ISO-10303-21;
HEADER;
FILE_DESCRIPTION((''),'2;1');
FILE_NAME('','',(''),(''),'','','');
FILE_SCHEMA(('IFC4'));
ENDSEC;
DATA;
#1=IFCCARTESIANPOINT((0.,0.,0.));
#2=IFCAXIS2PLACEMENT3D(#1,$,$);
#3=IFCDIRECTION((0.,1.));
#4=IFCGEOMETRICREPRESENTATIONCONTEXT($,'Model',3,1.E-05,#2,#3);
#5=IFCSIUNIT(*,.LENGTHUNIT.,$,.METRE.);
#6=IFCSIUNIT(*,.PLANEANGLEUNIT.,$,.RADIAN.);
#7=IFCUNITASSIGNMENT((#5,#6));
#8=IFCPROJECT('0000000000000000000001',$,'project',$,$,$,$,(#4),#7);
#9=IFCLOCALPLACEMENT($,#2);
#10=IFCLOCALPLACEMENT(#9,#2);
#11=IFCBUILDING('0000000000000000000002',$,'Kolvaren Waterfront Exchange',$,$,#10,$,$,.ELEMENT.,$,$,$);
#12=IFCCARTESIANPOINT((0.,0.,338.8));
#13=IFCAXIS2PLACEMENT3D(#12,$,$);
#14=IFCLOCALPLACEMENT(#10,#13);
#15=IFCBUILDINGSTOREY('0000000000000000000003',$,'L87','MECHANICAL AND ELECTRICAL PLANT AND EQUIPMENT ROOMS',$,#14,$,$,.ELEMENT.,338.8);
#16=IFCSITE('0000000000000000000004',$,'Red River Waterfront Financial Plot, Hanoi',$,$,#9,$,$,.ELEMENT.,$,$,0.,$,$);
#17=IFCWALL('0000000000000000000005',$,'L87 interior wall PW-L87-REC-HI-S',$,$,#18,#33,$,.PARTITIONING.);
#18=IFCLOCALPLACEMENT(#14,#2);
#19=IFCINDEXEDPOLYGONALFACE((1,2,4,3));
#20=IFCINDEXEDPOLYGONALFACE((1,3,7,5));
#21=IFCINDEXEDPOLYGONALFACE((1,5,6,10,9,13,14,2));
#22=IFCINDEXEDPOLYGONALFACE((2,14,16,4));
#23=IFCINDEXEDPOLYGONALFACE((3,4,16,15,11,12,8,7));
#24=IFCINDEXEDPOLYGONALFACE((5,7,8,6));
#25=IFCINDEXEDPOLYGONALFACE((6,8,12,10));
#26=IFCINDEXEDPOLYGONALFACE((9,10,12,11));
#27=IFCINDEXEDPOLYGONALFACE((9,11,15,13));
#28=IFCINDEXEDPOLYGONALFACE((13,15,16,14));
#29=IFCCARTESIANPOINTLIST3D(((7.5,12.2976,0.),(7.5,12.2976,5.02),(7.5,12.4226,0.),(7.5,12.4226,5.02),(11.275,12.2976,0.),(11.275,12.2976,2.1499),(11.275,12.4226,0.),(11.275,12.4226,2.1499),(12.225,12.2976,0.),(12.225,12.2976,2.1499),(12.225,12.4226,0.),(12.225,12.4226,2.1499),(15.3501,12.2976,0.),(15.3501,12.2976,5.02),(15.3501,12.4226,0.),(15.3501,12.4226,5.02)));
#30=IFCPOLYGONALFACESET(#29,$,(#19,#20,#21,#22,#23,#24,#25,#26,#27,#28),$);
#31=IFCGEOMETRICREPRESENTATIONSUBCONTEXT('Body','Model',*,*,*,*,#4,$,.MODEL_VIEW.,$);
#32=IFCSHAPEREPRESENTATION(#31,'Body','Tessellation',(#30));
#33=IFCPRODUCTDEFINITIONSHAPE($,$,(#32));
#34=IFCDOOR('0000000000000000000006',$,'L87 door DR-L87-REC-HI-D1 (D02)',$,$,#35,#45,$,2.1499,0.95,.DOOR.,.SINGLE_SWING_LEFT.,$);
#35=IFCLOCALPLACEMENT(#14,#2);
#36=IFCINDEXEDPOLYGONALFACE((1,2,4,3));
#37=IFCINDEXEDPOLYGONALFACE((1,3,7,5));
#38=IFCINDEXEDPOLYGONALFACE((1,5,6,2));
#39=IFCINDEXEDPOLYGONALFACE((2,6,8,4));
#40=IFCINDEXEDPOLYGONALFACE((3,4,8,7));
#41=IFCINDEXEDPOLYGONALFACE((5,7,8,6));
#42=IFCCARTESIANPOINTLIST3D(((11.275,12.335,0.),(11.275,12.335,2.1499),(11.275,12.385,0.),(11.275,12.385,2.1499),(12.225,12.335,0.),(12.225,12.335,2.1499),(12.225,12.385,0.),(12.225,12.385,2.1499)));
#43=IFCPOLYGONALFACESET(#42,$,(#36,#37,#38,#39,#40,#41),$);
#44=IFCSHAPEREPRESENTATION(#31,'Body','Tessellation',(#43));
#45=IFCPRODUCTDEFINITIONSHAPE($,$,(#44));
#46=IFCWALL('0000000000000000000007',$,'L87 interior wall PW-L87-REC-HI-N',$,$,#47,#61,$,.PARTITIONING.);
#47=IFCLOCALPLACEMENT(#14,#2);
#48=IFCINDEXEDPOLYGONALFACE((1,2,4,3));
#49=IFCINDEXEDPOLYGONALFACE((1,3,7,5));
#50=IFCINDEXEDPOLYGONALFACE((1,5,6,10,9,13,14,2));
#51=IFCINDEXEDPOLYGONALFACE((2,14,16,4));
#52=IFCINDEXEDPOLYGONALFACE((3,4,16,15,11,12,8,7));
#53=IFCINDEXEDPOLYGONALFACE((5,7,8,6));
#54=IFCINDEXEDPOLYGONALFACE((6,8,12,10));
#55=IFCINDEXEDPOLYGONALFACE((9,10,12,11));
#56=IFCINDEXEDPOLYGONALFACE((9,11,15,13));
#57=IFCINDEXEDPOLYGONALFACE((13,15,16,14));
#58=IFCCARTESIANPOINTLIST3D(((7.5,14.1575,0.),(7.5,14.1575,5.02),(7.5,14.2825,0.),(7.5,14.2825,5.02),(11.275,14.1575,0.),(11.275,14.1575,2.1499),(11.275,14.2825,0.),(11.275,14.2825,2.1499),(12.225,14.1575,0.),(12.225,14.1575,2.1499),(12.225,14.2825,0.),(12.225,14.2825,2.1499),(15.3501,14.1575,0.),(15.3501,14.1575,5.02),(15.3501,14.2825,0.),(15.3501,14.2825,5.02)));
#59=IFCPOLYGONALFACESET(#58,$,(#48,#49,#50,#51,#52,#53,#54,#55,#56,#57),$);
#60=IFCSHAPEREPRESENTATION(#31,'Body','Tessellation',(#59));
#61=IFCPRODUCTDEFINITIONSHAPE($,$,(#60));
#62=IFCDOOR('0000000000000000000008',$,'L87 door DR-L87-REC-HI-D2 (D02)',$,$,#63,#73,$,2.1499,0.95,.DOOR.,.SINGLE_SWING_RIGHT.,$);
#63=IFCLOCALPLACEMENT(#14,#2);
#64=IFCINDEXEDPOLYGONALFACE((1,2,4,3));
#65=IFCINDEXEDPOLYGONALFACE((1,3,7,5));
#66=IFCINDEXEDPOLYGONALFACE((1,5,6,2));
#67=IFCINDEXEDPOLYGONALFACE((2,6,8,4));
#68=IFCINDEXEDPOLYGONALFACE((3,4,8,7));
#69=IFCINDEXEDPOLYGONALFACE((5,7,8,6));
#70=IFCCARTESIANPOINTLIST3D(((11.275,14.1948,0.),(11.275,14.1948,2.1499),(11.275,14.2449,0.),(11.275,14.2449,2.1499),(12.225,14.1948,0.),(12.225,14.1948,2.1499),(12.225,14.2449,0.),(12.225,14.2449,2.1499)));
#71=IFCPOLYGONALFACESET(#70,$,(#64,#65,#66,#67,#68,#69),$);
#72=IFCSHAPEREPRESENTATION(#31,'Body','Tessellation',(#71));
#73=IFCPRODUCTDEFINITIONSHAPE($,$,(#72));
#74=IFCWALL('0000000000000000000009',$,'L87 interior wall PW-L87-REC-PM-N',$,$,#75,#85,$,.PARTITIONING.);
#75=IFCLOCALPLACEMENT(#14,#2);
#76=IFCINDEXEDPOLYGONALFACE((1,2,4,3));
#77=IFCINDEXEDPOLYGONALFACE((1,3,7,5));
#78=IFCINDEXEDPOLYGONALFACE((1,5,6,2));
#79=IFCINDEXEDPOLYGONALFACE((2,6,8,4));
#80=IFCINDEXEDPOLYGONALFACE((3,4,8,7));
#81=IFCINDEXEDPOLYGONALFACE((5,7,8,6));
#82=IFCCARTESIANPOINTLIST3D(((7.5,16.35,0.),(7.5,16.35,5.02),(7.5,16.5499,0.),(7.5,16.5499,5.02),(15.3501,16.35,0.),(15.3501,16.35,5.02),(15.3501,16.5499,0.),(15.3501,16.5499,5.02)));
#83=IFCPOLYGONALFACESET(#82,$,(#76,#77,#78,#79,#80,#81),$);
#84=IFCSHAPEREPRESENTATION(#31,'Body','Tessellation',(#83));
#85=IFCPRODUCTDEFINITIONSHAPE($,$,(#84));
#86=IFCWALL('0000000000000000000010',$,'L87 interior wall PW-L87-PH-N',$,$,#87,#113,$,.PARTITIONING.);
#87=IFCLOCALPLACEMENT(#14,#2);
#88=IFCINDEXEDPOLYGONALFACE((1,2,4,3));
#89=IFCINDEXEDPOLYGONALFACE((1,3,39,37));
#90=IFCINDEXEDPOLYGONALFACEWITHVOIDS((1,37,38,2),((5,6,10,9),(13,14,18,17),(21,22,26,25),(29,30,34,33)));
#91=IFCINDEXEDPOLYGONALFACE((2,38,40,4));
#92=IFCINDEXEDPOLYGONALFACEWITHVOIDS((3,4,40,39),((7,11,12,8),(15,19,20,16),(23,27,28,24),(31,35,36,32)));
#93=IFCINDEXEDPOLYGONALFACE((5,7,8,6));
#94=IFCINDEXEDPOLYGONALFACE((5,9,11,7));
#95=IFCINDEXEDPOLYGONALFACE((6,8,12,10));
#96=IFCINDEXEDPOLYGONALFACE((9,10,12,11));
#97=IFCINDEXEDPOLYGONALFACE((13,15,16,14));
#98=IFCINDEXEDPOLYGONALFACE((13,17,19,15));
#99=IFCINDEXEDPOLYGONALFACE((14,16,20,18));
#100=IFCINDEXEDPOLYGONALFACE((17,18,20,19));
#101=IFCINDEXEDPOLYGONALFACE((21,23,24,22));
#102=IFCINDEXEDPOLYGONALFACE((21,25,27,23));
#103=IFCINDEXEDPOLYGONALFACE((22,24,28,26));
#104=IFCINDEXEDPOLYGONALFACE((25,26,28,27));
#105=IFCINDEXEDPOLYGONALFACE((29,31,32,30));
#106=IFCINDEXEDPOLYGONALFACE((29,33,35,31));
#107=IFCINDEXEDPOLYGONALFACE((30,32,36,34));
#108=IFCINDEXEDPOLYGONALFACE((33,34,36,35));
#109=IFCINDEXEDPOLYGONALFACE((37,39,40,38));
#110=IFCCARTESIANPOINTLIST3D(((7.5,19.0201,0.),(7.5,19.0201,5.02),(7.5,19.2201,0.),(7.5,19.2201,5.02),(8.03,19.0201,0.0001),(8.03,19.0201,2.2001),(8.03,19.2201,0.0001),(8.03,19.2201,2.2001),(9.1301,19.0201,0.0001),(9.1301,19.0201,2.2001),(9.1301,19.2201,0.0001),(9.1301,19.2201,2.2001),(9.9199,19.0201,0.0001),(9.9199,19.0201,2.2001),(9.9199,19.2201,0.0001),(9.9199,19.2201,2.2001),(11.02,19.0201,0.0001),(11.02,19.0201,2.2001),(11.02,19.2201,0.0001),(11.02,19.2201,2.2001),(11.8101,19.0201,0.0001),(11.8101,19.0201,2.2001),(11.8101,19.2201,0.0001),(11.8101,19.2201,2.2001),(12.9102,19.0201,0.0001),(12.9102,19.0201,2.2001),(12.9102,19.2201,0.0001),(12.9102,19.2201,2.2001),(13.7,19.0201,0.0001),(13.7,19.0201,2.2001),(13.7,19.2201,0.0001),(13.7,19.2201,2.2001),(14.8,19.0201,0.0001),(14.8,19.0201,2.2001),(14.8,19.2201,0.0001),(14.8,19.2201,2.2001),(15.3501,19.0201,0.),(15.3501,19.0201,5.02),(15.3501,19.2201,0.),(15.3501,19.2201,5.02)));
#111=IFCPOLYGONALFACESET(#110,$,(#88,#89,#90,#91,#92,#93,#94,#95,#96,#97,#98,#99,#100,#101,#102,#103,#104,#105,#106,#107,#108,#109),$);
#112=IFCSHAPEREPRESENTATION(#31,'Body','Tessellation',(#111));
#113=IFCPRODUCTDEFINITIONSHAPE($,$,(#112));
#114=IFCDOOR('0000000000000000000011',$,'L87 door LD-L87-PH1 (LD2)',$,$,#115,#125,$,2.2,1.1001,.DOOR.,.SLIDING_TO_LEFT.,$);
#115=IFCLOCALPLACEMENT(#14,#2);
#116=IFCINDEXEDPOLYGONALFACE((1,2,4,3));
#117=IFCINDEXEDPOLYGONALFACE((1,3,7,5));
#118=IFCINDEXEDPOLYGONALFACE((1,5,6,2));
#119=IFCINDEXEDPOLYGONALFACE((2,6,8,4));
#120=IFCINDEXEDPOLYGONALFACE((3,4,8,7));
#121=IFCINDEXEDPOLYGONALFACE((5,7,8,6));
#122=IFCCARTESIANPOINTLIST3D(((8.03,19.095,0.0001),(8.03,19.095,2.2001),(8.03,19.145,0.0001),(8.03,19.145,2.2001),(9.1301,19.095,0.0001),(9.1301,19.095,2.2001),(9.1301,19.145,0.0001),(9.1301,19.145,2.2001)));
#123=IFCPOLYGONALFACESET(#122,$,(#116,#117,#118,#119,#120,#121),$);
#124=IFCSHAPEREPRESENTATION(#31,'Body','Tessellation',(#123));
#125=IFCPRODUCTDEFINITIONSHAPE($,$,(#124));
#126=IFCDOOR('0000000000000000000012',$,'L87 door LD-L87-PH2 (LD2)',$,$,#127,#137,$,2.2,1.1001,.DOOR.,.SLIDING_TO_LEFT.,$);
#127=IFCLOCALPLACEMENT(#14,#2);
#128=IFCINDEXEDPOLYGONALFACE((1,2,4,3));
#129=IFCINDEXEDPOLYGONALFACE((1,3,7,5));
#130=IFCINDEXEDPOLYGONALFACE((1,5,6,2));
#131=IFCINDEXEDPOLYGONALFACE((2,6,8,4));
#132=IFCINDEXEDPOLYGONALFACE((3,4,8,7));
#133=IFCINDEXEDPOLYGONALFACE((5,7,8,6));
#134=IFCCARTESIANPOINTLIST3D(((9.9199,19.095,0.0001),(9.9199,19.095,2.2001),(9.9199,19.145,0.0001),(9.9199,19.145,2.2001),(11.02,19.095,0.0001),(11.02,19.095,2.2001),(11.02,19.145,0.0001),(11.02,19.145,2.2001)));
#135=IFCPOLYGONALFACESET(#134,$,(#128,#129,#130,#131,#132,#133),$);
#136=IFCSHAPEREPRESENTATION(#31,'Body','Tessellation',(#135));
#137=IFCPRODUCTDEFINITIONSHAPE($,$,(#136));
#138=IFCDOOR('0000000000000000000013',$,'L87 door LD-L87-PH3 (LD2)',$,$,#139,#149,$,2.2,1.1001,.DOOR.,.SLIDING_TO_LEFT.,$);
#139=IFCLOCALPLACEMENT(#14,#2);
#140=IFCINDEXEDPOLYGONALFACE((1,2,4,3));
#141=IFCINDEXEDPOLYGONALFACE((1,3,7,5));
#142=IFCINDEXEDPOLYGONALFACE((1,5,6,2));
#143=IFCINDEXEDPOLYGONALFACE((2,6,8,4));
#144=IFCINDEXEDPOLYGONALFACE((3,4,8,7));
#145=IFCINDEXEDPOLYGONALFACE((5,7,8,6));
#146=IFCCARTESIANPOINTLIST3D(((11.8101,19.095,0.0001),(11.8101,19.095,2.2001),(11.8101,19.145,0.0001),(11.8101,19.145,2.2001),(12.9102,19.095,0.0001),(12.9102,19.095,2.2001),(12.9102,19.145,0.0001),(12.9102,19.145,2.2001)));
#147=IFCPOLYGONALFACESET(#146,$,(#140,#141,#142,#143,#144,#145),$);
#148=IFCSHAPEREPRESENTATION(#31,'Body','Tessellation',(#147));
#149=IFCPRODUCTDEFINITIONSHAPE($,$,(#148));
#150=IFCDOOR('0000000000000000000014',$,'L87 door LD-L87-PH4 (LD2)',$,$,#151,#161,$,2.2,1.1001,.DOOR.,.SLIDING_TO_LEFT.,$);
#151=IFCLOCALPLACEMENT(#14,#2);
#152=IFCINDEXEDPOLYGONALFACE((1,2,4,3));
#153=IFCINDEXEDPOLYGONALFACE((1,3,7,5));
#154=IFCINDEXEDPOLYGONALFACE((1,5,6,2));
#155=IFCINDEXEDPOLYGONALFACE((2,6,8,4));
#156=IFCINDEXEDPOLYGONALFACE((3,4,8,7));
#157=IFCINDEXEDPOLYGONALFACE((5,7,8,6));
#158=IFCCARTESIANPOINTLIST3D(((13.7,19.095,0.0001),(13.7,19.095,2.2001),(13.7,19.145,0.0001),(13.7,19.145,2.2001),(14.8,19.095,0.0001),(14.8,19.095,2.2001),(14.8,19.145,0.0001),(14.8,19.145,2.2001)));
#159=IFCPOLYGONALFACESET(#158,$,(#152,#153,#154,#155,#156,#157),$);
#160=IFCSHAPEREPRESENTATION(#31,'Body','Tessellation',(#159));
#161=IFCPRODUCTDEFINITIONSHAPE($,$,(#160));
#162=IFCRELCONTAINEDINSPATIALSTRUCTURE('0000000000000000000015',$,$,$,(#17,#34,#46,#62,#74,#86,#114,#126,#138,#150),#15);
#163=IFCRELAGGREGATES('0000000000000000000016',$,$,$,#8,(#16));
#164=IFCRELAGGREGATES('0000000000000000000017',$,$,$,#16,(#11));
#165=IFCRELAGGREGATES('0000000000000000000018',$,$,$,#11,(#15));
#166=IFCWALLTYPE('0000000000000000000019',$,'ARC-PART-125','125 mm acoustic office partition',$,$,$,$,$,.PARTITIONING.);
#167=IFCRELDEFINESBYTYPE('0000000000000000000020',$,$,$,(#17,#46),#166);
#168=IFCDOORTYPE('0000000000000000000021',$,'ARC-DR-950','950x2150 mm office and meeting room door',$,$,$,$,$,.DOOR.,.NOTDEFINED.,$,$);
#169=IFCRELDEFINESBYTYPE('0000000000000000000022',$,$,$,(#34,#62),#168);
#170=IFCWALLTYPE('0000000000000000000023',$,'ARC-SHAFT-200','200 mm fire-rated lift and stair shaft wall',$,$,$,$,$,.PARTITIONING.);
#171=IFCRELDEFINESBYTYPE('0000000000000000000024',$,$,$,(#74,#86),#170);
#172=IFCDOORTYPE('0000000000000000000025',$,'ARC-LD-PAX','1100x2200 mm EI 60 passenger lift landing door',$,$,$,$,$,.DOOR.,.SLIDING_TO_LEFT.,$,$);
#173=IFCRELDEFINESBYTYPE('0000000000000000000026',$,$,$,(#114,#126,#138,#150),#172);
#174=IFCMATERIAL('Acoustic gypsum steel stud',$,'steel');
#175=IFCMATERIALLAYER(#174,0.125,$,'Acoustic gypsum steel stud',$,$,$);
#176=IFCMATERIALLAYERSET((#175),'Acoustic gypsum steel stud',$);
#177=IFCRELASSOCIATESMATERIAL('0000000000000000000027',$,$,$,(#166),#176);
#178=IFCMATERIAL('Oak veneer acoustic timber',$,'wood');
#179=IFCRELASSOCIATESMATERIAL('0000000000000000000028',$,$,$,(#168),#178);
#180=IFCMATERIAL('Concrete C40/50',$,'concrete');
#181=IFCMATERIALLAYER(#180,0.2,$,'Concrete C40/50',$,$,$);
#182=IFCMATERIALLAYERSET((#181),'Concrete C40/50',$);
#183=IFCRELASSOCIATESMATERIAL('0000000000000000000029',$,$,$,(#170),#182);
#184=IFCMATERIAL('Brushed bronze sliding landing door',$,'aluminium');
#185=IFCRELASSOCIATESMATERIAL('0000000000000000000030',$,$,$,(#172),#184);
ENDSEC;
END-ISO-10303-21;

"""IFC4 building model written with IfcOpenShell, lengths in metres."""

from ifc_helpers import new_model, si_unit, direction, frame, frame_2d, origin, place, context, subcontext, project, spatial, rectangle, extrude, material, layer, layer_set, type_object, element, fill, save


model = new_model("IFC4")

# Units and contexts
model_context = context("Model", 3, precision=1e-05, world=origin(), true_north=direction((0.0, 1.0)))
body_context = subcontext(model_context, "Body", "Model", "MODEL_VIEW")
ifc_project = project(units=[si_unit("LENGTHUNIT", "METRE"), si_unit("PLANEANGLEUNIT", "RADIAN")], contexts=[model_context])

# Site, building, storey
site_placement = place(None, origin())
site = spatial("IfcSite", under=ifc_project, at=site_placement, Name="Red River Waterfront Financial Plot, Hanoi", CompositionType="ELEMENT", RefElevation=0.0)
building_placement = place(site_placement, origin())
building = spatial("IfcBuilding", under=site, at=building_placement, Name="Kolvaren Waterfront Exchange", CompositionType="ELEMENT")
storey_placement = place(building_placement, frame((0.0, 0.0, 338.8)))
storey = spatial("IfcBuildingStorey", under=building, at=storey_placement, Name="L87", Description="MECHANICAL AND ELECTRICAL PLANT AND EQUIPMENT ROOMS", CompositionType="ELEMENT", Elevation=338.8)

# Walls, openings, doors
ifc_material_1 = material(Name="Acoustic gypsum steel stud", Category="steel")
ifc_layer_1 = layer(ifc_material_1, 0.125, Name="Acoustic gypsum steel stud")
ifc_layer_set_1 = layer_set([ifc_layer_1], Name="Acoustic gypsum steel stud")
wall_type_1 = type_object("IfcWallType", Name="ARC-PART-125", Description="125 mm acoustic office partition", PredefinedType="PARTITIONING", material=ifc_layer_set_1)
wall_1_placement = place(storey_placement, frame((7.5, 12.3601, 0.0), z_axis=(0.0, 0.0, 1.0), x_axis=(1.0, 0.0, 0.0)))
wall_1 = element("IfcWall", 1, at=wall_1_placement, inside=storey, type_object=wall_type_1, Name="L87 interior wall PW-L87-REC-HI-S", PredefinedType="PARTITIONING", context=body_context, shape_type="SweptSolid", body=[
    extrude(rectangle(XDim=7.8501, YDim=0.125, at=frame_2d((3.925, 0.0))), origin(), (0.0, 0.0, 1.0), 5.02),
])
opening_1_placement = place(wall_1_placement, frame((3.7749, 0.0, 0.0)))
opening_1 = element("IfcOpeningElement", 2, at=opening_1_placement, cuts=wall_1, PredefinedType="OPENING", context=body_context, shape_type="SweptSolid", body=[
    extrude(rectangle(XDim=0.95, YDim=2.1499, at=frame_2d((0.4751, 1.075))), frame((0.0, 0.0725, 0.0), z_axis=(0.0, -1.0, 0.0), x_axis=(1.0, 0.0, 0.0)), (0.0, 0.0, 1.0), 0.145),
])
ifc_material_2 = material(Name="Oak veneer acoustic timber", Category="wood")
door_type_1 = type_object("IfcDoorType", Name="ARC-DR-950", Description="950x2150 mm office and meeting room door", OperationType="NOTDEFINED", PredefinedType="DOOR", material=ifc_material_2)
door_1_placement = place(opening_1_placement, origin())
door_1 = element("IfcDoor", 3, at=door_1_placement, inside=storey, type_object=door_type_1, Name="L87 door DR-L87-REC-HI-D1 (D02)", OperationType="SINGLE_SWING_LEFT", OverallHeight=2.1499, OverallWidth=0.95, PredefinedType="DOOR", context=body_context, shape_type="SweptSolid", body=[
    extrude(rectangle(XDim=0.95, YDim=2.1499, at=frame_2d((0.4751, 1.075))), frame((0.0, 0.0249, 0.0), z_axis=(0.0, -1.0, 0.0), x_axis=(1.0, 0.0, 0.0)), (0.0, 0.0, 1.0), 0.05),
])
fill(opening_1, door_1)
wall_2_placement = place(storey_placement, frame((7.5, 14.22, 0.0), z_axis=(0.0, 0.0, 1.0), x_axis=(1.0, 0.0, 0.0)))
wall_2 = element("IfcWall", 4, at=wall_2_placement, inside=storey, type_object=wall_type_1, Name="L87 interior wall PW-L87-REC-HI-N", PredefinedType="PARTITIONING", context=body_context, shape_type="SweptSolid", body=[
    extrude(rectangle(XDim=7.8501, YDim=0.125, at=frame_2d((3.925, 0.0))), origin(), (0.0, 0.0, 1.0), 5.02),
])
opening_2_placement = place(wall_2_placement, frame((3.7749, 0.0, 0.0)))
opening_2 = element("IfcOpeningElement", 5, at=opening_2_placement, cuts=wall_2, PredefinedType="OPENING", context=body_context, shape_type="SweptSolid", body=[
    extrude(rectangle(XDim=0.95, YDim=2.1499, at=frame_2d((0.4751, 1.075))), frame((0.0, 0.0725, 0.0), z_axis=(0.0, -1.0, 0.0), x_axis=(1.0, 0.0, 0.0)), (0.0, 0.0, 1.0), 0.145),
])
door_2_placement = place(opening_2_placement, origin())
door_2 = element("IfcDoor", 6, at=door_2_placement, inside=storey, type_object=door_type_1, Name="L87 door DR-L87-REC-HI-D2 (D02)", OperationType="SINGLE_SWING_RIGHT", OverallHeight=2.1499, OverallWidth=0.95, PredefinedType="DOOR", context=body_context, shape_type="SweptSolid", body=[
    extrude(rectangle(XDim=0.95, YDim=2.1499, at=frame_2d((0.4751, 1.075))), frame((0.0, 0.0249, 0.0), z_axis=(0.0, -1.0, 0.0), x_axis=(1.0, 0.0, 0.0)), (0.0, 0.0, 1.0), 0.05),
])
fill(opening_2, door_2)

# Wall
ifc_material_3 = material(Name="Concrete C40/50", Category="concrete")
ifc_layer_2 = layer(ifc_material_3, 0.2, Name="Concrete C40/50")
ifc_layer_set_2 = layer_set([ifc_layer_2], Name="Concrete C40/50")
wall_type_2 = type_object("IfcWallType", Name="ARC-SHAFT-200", Description="200 mm fire-rated lift and stair shaft wall", PredefinedType="PARTITIONING", material=ifc_layer_set_2)
wall_3_placement = place(storey_placement, frame((7.5, 16.45, 0.0), z_axis=(0.0, 0.0, 1.0), x_axis=(1.0, 0.0, 0.0)))
element("IfcWall", 7, at=wall_3_placement, inside=storey, type_object=wall_type_2, Name="L87 interior wall PW-L87-REC-PM-N", PredefinedType="PARTITIONING", context=body_context, shape_type="SweptSolid", body=[
    extrude(rectangle(XDim=7.8501, YDim=0.2, at=frame_2d((3.925, 0.0))), origin(), (0.0, 0.0, 1.0), 5.02),
])

# Wall, openings, doors
wall_4_placement = place(storey_placement, frame((7.5, 19.1201, 0.0), z_axis=(0.0, 0.0, 1.0), x_axis=(1.0, 0.0, 0.0)))
wall_4 = element("IfcWall", 8, at=wall_4_placement, inside=storey, type_object=wall_type_2, Name="L87 interior wall PW-L87-PH-N", PredefinedType="PARTITIONING", context=body_context, shape_type="SweptSolid", body=[
    extrude(rectangle(XDim=7.8501, YDim=0.2, at=frame_2d((3.925, 0.0))), origin(), (0.0, 0.0, 1.0), 5.02),
])
opening_3_placement = place(wall_4_placement, frame((0.53, 0.0, 0.0)))
opening_3 = element("IfcOpeningElement", 9, at=opening_3_placement, cuts=wall_4, PredefinedType="OPENING", context=body_context, shape_type="SweptSolid", body=[
    extrude(rectangle(XDim=1.1001, YDim=2.2, at=frame_2d((0.55, 1.1001))), frame((0.0, 0.1099, 0.0), z_axis=(0.0, -1.0, 0.0), x_axis=(1.0, 0.0, 0.0)), (0.0, 0.0, 1.0), 0.22),
])
opening_4_placement = place(wall_4_placement, frame((2.4199, 0.0, 0.0)))
opening_4 = element("IfcOpeningElement", 10, at=opening_4_placement, cuts=wall_4, PredefinedType="OPENING", context=body_context, shape_type="SweptSolid", body=[
    extrude(rectangle(XDim=1.1001, YDim=2.2, at=frame_2d((0.55, 1.1001))), frame((0.0, 0.1099, 0.0), z_axis=(0.0, -1.0, 0.0), x_axis=(1.0, 0.0, 0.0)), (0.0, 0.0, 1.0), 0.22),
])
opening_5_placement = place(wall_4_placement, frame((4.3101, 0.0, 0.0)))
opening_5 = element("IfcOpeningElement", 11, at=opening_5_placement, cuts=wall_4, PredefinedType="OPENING", context=body_context, shape_type="SweptSolid", body=[
    extrude(rectangle(XDim=1.1001, YDim=2.2, at=frame_2d((0.55, 1.1001))), frame((0.0, 0.1099, 0.0), z_axis=(0.0, -1.0, 0.0), x_axis=(1.0, 0.0, 0.0)), (0.0, 0.0, 1.0), 0.22),
])
opening_6_placement = place(wall_4_placement, frame((6.2, 0.0, 0.0)))
opening_6 = element("IfcOpeningElement", 12, at=opening_6_placement, cuts=wall_4, PredefinedType="OPENING", context=body_context, shape_type="SweptSolid", body=[
    extrude(rectangle(XDim=1.1001, YDim=2.2, at=frame_2d((0.55, 1.1001))), frame((0.0, 0.1099, 0.0), z_axis=(0.0, -1.0, 0.0), x_axis=(1.0, 0.0, 0.0)), (0.0, 0.0, 1.0), 0.22),
])
ifc_material_4 = material(Name="Brushed bronze sliding landing door", Category="aluminium")
door_type_2 = type_object("IfcDoorType", Name="ARC-LD-PAX", Description="1100x2200 mm EI 60 passenger lift landing door", OperationType="SLIDING_TO_LEFT", PredefinedType="DOOR", material=ifc_material_4)
door_3_placement = place(opening_3_placement, origin())
door_3 = element("IfcDoor", 13, at=door_3_placement, inside=storey, type_object=door_type_2, Name="L87 door LD-L87-PH1 (LD2)", OperationType="SLIDING_TO_LEFT", OverallHeight=2.2, OverallWidth=1.1001, PredefinedType="DOOR", context=body_context, shape_type="SweptSolid", body=[
    extrude(rectangle(XDim=1.1001, YDim=2.2, at=frame_2d((0.55, 1.1001))), frame((0.0, 0.0249, 0.0), z_axis=(0.0, -1.0, 0.0), x_axis=(1.0, 0.0, 0.0)), (0.0, 0.0, 1.0), 0.05),
])
fill(opening_3, door_3)
door_4_placement = place(opening_4_placement, origin())
door_4 = element("IfcDoor", 14, at=door_4_placement, inside=storey, type_object=door_type_2, Name="L87 door LD-L87-PH2 (LD2)", OperationType="SLIDING_TO_LEFT", OverallHeight=2.2, OverallWidth=1.1001, PredefinedType="DOOR", context=body_context, shape_type="SweptSolid", body=[
    extrude(rectangle(XDim=1.1001, YDim=2.2, at=frame_2d((0.55, 1.1001))), frame((0.0, 0.0249, 0.0), z_axis=(0.0, -1.0, 0.0), x_axis=(1.0, 0.0, 0.0)), (0.0, 0.0, 1.0), 0.05),
])
fill(opening_4, door_4)
door_5_placement = place(opening_5_placement, origin())
door_5 = element("IfcDoor", 15, at=door_5_placement, inside=storey, type_object=door_type_2, Name="L87 door LD-L87-PH3 (LD2)", OperationType="SLIDING_TO_LEFT", OverallHeight=2.2, OverallWidth=1.1001, PredefinedType="DOOR", context=body_context, shape_type="SweptSolid", body=[
    extrude(rectangle(XDim=1.1001, YDim=2.2, at=frame_2d((0.55, 1.1001))), frame((0.0, 0.0249, 0.0), z_axis=(0.0, -1.0, 0.0), x_axis=(1.0, 0.0, 0.0)), (0.0, 0.0, 1.0), 0.05),
])
fill(opening_5, door_5)
door_6_placement = place(opening_6_placement, origin())
door_6 = element("IfcDoor", 16, at=door_6_placement, inside=storey, type_object=door_type_2, Name="L87 door LD-L87-PH4 (LD2)", OperationType="SLIDING_TO_LEFT", OverallHeight=2.2, OverallWidth=1.1001, PredefinedType="DOOR", context=body_context, shape_type="SweptSolid", body=[
    extrude(rectangle(XDim=1.1001, YDim=2.2, at=frame_2d((0.55, 1.1001))), frame((0.0, 0.0249, 0.0), z_axis=(0.0, -1.0, 0.0), x_axis=(1.0, 0.0, 0.0)), (0.0, 0.0, 1.0), 0.05),
])
fill(opening_6, door_6)

save(model, "model.ifc")
